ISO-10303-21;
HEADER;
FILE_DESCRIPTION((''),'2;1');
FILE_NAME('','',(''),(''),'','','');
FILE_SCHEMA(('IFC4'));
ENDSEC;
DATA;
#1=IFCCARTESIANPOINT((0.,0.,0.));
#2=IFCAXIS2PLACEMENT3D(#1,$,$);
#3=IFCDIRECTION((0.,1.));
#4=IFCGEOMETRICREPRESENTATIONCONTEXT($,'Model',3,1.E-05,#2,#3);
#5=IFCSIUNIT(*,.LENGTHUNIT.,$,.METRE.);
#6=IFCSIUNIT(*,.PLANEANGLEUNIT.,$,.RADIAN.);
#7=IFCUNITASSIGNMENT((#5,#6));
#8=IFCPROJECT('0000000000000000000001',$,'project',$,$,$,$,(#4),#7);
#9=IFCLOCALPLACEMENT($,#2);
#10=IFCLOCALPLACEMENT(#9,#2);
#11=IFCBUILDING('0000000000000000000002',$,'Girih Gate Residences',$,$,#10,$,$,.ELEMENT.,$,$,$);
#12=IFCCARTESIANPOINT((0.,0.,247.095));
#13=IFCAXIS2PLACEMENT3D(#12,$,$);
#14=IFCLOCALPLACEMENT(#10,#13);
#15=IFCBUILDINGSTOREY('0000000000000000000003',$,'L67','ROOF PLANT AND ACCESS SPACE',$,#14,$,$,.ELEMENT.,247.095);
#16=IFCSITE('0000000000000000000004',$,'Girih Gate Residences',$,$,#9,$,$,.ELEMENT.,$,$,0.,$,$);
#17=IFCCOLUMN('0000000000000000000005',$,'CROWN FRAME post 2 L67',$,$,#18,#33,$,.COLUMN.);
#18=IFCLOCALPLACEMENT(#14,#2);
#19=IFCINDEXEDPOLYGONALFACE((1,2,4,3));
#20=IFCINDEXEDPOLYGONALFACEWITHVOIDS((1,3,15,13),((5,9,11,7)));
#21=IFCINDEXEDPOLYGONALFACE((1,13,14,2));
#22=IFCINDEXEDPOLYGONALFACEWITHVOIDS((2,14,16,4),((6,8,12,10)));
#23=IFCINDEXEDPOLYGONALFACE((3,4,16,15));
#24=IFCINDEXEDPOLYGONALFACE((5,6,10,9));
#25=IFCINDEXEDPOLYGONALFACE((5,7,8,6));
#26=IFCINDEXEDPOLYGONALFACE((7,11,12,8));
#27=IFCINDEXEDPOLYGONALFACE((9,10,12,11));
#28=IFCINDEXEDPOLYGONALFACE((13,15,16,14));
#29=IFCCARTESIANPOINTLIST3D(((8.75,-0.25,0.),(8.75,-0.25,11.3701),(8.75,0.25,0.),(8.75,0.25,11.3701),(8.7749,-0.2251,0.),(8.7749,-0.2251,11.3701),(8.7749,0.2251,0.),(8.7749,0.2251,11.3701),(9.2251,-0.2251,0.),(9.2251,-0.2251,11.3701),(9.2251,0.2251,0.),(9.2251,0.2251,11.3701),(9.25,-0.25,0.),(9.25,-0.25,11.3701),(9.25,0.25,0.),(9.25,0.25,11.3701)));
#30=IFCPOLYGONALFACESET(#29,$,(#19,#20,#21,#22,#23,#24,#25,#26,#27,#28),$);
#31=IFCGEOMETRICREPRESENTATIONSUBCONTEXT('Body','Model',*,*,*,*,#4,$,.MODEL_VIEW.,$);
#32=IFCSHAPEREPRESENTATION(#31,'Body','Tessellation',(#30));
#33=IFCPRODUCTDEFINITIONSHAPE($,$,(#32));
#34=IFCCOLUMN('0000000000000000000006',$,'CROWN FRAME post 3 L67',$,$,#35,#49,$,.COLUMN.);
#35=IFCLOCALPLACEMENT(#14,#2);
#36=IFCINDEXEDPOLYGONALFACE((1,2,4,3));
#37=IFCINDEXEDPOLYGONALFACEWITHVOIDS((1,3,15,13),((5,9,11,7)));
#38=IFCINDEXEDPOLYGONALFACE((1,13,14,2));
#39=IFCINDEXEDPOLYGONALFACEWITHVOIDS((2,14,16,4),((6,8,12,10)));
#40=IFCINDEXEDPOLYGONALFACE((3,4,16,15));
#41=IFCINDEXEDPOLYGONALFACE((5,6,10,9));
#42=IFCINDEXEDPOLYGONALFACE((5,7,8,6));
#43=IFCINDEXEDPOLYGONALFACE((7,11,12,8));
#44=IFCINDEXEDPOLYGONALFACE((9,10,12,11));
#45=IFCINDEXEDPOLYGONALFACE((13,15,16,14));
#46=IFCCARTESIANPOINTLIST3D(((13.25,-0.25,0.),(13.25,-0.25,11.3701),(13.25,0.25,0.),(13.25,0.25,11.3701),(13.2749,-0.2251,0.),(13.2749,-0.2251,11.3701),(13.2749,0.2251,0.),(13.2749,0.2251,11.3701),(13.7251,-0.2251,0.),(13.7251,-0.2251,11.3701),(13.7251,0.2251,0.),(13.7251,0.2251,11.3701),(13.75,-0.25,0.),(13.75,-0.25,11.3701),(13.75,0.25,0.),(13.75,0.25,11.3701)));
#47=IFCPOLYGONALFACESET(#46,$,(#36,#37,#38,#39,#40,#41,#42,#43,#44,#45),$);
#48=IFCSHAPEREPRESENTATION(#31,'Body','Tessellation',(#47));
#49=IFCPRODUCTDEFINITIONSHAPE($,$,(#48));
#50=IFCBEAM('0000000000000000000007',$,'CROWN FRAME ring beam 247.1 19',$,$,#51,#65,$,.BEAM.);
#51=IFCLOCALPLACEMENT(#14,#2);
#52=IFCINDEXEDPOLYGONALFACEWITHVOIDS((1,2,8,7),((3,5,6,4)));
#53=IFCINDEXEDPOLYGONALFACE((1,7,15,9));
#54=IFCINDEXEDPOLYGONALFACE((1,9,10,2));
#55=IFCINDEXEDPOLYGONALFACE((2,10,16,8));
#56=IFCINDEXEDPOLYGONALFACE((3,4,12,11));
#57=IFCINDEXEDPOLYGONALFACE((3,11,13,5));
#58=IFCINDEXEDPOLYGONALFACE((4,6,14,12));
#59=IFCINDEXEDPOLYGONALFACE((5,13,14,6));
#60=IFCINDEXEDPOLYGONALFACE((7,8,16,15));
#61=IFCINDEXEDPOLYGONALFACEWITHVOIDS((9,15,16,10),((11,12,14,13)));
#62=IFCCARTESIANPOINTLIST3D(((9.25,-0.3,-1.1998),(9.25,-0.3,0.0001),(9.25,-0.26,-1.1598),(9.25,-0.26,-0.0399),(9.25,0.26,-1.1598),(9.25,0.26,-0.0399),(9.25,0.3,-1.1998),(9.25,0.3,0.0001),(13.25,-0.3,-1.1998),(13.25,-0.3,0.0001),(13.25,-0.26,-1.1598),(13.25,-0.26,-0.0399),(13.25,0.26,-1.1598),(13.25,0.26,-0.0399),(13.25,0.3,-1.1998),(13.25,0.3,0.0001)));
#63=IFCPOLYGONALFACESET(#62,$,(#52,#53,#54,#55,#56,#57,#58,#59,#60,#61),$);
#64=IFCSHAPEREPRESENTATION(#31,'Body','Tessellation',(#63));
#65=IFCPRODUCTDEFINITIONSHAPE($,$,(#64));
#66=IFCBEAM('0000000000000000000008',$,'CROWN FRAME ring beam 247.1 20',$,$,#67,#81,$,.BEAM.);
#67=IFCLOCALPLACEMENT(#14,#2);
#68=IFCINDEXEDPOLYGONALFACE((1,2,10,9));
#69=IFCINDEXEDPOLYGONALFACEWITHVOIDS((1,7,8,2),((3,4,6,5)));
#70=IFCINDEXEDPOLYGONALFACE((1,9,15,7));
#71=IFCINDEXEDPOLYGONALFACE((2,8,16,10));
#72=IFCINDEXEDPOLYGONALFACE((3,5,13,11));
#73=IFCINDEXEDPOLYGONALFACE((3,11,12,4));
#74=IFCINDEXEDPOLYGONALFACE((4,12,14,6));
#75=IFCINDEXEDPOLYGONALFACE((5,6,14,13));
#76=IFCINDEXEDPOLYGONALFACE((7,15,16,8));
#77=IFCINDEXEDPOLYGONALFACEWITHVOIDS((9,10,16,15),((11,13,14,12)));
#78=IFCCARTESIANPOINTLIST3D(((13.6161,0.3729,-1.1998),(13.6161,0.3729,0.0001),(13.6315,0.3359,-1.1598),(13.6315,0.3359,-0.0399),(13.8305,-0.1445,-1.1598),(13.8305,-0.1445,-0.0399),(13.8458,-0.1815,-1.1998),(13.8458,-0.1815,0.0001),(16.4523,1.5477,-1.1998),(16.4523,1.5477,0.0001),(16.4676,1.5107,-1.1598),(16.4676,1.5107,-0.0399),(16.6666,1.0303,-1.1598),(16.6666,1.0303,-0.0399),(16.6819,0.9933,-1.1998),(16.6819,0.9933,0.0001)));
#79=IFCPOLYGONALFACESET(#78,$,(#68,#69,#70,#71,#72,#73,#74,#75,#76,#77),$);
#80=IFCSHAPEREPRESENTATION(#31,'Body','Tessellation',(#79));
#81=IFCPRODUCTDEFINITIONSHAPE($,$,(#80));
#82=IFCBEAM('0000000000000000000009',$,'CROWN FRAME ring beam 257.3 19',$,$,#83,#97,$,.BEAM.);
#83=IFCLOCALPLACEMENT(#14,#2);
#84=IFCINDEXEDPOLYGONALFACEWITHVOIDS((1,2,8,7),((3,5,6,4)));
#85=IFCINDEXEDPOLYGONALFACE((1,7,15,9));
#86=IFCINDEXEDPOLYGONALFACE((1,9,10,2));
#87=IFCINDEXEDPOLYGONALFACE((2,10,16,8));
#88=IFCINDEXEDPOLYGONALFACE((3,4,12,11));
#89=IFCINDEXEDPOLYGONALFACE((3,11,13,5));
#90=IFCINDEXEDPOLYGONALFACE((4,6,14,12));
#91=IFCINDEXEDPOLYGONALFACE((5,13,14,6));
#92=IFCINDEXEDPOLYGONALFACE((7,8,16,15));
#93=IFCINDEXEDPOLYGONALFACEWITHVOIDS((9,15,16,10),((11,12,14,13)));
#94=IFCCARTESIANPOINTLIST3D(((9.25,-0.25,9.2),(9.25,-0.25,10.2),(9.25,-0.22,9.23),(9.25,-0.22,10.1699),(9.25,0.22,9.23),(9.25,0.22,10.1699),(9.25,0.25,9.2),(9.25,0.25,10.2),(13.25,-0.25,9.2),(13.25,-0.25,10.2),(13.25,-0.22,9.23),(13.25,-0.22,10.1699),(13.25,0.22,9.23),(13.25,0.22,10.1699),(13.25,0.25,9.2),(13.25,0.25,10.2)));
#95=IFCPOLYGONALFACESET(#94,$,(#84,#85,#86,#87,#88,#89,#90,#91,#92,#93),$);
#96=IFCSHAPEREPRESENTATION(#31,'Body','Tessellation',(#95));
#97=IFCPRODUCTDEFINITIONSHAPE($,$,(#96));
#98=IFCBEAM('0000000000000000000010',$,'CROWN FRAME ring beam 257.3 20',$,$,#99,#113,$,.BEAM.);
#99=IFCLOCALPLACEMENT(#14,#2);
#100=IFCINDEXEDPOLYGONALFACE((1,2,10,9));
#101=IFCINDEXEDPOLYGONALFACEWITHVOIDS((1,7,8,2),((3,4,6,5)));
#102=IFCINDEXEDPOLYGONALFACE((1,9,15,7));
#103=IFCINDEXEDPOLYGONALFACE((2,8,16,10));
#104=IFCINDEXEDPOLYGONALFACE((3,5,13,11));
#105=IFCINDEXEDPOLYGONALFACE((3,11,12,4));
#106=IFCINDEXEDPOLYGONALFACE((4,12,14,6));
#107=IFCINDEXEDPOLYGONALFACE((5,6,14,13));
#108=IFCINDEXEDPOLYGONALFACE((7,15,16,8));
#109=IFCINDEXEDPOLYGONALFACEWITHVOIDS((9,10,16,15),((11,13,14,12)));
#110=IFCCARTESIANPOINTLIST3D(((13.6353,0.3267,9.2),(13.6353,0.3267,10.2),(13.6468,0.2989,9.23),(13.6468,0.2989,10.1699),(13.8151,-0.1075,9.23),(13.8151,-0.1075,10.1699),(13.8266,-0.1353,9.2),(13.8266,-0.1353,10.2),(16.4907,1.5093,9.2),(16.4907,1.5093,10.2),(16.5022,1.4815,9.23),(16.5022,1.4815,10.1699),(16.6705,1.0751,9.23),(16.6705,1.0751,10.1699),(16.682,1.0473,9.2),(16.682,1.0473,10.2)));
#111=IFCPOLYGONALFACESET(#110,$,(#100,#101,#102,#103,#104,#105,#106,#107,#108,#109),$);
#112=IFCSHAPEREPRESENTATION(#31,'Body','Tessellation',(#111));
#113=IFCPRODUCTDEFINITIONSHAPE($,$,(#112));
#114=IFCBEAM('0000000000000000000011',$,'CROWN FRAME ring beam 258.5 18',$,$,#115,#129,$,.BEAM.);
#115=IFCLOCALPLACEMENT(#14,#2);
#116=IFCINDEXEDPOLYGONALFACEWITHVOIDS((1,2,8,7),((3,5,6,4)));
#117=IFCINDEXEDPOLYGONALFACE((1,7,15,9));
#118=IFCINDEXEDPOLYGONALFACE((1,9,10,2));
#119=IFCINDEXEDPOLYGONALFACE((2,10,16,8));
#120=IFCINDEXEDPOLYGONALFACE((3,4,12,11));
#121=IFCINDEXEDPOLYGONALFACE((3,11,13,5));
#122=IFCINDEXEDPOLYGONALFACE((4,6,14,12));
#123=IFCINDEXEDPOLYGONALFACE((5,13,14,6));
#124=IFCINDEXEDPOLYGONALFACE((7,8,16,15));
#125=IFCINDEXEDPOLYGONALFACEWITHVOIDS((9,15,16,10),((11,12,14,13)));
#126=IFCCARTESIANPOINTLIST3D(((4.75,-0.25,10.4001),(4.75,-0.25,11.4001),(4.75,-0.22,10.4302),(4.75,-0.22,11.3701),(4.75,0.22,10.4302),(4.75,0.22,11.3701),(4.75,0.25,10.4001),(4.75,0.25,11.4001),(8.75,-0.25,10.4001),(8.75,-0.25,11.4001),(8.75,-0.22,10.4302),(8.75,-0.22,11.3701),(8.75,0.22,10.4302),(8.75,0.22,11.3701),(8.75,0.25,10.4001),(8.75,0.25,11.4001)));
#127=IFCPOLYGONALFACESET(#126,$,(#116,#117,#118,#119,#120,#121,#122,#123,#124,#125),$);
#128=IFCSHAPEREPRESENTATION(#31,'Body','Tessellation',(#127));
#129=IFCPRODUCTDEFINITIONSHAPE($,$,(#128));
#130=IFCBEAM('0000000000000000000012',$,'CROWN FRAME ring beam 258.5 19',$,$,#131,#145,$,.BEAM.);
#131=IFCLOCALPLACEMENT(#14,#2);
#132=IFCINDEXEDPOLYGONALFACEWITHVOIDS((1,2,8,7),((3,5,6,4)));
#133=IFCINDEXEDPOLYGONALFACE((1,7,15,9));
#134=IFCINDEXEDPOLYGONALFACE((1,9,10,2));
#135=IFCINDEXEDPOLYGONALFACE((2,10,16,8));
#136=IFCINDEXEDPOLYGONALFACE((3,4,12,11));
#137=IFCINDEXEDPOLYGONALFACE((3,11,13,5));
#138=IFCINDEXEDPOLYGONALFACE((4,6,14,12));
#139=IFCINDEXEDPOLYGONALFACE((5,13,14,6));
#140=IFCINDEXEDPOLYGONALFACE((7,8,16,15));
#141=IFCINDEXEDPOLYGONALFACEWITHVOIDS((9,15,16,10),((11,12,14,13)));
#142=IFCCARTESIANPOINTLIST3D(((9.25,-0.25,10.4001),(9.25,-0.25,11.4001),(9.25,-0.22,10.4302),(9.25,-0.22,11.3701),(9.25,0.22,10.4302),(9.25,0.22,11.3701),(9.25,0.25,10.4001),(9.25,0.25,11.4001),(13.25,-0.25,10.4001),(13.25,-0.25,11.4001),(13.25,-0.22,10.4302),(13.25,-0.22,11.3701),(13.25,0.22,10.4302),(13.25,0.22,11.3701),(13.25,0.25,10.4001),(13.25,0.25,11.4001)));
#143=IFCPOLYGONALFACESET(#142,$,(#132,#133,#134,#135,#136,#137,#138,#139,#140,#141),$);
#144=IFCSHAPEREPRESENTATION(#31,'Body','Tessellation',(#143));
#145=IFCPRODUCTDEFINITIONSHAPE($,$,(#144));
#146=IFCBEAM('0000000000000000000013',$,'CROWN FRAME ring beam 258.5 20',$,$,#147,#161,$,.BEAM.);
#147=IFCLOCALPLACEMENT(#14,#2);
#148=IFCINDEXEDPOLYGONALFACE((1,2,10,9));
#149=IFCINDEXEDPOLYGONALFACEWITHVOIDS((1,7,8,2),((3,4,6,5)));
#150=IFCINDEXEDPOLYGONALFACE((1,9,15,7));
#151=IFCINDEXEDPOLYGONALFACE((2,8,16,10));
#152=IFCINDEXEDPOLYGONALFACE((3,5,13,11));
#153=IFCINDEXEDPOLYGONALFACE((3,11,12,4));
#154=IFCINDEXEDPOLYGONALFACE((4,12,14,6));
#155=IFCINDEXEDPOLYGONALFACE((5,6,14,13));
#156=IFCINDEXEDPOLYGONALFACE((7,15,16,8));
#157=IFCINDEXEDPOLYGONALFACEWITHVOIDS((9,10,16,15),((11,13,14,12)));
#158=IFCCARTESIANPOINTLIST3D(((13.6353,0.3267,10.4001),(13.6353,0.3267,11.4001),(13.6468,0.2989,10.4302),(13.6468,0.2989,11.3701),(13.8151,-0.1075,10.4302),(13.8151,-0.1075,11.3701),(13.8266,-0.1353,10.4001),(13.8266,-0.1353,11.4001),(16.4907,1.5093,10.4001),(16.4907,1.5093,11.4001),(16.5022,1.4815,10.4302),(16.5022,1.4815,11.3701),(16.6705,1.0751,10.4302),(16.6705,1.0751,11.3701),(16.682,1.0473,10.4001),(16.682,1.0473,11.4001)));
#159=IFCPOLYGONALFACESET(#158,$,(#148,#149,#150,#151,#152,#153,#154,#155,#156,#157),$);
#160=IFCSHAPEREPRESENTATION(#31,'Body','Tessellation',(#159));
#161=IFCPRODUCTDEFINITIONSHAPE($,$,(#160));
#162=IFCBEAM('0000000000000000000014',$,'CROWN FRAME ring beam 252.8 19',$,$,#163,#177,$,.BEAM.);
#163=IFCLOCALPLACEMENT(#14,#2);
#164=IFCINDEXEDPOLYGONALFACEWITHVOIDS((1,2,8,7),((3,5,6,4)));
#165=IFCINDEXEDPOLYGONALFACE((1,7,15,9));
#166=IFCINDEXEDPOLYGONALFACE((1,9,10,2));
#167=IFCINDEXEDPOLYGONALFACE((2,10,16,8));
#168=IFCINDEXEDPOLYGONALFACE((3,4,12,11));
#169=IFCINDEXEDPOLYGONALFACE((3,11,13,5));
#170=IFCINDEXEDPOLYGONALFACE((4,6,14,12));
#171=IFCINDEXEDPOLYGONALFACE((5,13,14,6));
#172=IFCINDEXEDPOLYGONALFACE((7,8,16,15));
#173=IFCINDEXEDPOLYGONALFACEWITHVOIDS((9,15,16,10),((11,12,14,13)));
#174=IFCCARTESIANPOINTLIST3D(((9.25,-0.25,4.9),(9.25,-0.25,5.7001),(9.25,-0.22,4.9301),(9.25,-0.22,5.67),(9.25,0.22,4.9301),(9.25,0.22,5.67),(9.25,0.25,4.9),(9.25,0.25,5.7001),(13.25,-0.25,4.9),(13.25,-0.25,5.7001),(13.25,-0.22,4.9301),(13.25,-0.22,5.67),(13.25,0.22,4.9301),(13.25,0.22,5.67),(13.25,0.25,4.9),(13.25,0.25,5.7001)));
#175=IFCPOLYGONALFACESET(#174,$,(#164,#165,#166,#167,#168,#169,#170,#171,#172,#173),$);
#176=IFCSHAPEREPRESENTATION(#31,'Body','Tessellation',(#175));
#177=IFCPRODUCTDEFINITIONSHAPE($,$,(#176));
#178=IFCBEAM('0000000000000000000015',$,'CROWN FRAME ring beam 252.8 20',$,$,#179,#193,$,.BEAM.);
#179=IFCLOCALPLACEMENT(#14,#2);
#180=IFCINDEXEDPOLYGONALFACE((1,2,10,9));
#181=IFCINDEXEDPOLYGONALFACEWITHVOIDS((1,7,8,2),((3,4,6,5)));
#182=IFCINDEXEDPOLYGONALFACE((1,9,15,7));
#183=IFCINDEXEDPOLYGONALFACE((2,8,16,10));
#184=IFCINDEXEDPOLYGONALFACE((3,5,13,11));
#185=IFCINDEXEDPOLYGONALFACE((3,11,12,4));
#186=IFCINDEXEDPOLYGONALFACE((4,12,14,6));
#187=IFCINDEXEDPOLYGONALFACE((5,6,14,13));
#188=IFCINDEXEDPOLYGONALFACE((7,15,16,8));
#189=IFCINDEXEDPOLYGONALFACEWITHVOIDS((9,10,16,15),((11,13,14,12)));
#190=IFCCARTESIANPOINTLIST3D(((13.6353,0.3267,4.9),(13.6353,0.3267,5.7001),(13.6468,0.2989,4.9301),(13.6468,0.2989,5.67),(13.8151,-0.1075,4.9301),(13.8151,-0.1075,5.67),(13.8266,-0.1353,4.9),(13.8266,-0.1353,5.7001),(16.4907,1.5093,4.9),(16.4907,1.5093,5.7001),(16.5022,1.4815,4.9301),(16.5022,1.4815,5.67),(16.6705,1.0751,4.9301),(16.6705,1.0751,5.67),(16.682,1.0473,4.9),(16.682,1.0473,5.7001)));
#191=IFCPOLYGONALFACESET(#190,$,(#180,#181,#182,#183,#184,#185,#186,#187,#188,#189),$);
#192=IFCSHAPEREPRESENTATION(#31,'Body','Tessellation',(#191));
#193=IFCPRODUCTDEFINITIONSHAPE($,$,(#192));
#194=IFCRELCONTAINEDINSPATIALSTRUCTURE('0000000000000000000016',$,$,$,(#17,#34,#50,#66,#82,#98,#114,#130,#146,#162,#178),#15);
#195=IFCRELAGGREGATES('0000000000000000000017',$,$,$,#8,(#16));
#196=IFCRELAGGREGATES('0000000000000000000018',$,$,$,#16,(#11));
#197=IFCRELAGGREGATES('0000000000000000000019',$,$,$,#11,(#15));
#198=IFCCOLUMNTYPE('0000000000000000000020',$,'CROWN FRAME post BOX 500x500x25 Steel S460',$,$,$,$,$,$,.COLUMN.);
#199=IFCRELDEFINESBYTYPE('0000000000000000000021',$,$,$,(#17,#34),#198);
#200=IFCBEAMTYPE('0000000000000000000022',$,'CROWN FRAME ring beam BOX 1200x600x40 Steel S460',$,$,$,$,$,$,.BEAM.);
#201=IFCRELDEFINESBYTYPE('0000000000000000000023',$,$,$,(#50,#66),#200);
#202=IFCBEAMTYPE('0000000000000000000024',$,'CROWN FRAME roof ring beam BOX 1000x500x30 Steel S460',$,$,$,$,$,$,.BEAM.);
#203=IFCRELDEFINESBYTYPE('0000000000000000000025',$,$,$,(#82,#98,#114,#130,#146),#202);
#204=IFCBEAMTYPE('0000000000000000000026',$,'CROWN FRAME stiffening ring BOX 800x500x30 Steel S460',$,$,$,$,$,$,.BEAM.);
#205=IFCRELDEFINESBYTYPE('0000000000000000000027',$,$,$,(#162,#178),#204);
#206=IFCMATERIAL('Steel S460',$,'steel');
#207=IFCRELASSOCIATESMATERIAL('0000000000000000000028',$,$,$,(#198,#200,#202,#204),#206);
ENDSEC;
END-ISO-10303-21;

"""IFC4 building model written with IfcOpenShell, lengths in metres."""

from ifc_helpers import new_model, si_unit, direction, frame, origin, origin_2d, place, context, subcontext, project, spatial, hollow_rectangle, extrude, material, material_profile, profile_set, type_object, element, save


model = new_model("IFC4")

# Units and contexts
model_context = context("Model", 3, precision=1e-05, world=origin(), true_north=direction((0.0, 1.0)))
body_context = subcontext(model_context, "Body", "Model", "MODEL_VIEW")
ifc_project = project(units=[si_unit("LENGTHUNIT", "METRE"), si_unit("PLANEANGLEUNIT", "RADIAN")], contexts=[model_context])

# Site, building, storey
site_placement = place(None, origin())
site = spatial("IfcSite", under=ifc_project, at=site_placement, Name="Girih Gate Residences", CompositionType="ELEMENT", RefElevation=0.0)
building_placement = place(site_placement, origin())
building = spatial("IfcBuilding", under=site, at=building_placement, Name="Girih Gate Residences", CompositionType="ELEMENT")
storey_placement = place(building_placement, frame((0.0, 0.0, 247.095)))
storey = spatial("IfcBuildingStorey", under=building, at=storey_placement, Name="L67", Description="ROOF PLANT AND ACCESS SPACE", CompositionType="ELEMENT", Elevation=247.095)

# Columns
ifc_material_1 = material(Name="Steel S460", Category="steel")
ifc_material_profile_1 = material_profile(ifc_material_1, hollow_rectangle(XDim=0.5, YDim=0.5, WallThickness=0.0249, at=origin_2d()))
ifc_profile_set_1 = profile_set([ifc_material_profile_1], Name="Steel S460")
column_type = type_object("IfcColumnType", Name="CROWN FRAME post BOX 500x500x25 Steel S460", PredefinedType="COLUMN", material=ifc_profile_set_1)
for number, where, z_axis, x_axis, name in (
    (1, (9.0, 0.0, 0.0), (0.0, 0.0, 1.0), (1.0, 0.0, 0.0), "CROWN FRAME post 2 L67"),
    (2, (13.5, 0.0, 0.0), (0.0, 0.0, 1.0), (1.0, 0.0, 0.0), "CROWN FRAME post 3 L67"),
):
    element("IfcColumn", number, at=place(storey_placement, frame(where, z_axis=z_axis, x_axis=x_axis)), inside=storey, type_object=column_type, Name=name, PredefinedType="COLUMN", context=body_context, shape_type="SweptSolid", body=[
        extrude(hollow_rectangle(XDim=0.5, YDim=0.5, WallThickness=0.0249, at=origin_2d()), origin(), (0.0, 0.0, 1.0), 11.3701),
    ])

# Beams
ifc_material_profile_2 = material_profile(ifc_material_1, hollow_rectangle(XDim=0.6001, YDim=1.2, WallThickness=0.04, at=origin_2d()))
ifc_profile_set_2 = profile_set([ifc_material_profile_2], Name="Steel S460")
beam_type_1 = type_object("IfcBeamType", Name="CROWN FRAME ring beam BOX 1200x600x40 Steel S460", PredefinedType="BEAM", material=ifc_profile_set_2)
beam_1_placement = place(storey_placement, frame((9.25, 0.0, -0.5999), z_axis=(1.0, 0.0, 0.0), x_axis=(0.0, 1.0, 0.0)))
element("IfcBeam", 3, at=beam_1_placement, inside=storey, type_object=beam_type_1, Name="CROWN FRAME ring beam 247.1 19", PredefinedType="BEAM", context=body_context, shape_type="SweptSolid", body=[
    extrude(hollow_rectangle(XDim=0.6001, YDim=1.2, WallThickness=0.04, at=origin_2d()), origin(), (0.0, 0.0, 1.0), 4.0),
])
beam_2_placement = place(storey_placement, frame((13.731, 0.0957, -0.5999), z_axis=(0.923877, 0.382689, 0.0), x_axis=(-0.382689, 0.923877, 0.0)))
element("IfcBeam", 4, at=beam_2_placement, inside=storey, type_object=beam_type_1, Name="CROWN FRAME ring beam 247.1 20", PredefinedType="BEAM", context=body_context, shape_type="SweptSolid", body=[
    extrude(hollow_rectangle(XDim=0.6001, YDim=1.2, WallThickness=0.04, at=origin_2d()), origin(), (0.0, 0.0, 1.0), 3.0698),
])
ifc_material_profile_3 = material_profile(ifc_material_1, hollow_rectangle(XDim=0.5, YDim=1.0, WallThickness=0.03, at=origin_2d()))
ifc_profile_set_3 = profile_set([ifc_material_profile_3], Name="Steel S460")
beam_type_2 = type_object("IfcBeamType", Name="CROWN FRAME roof ring beam BOX 1000x500x30 Steel S460", PredefinedType="BEAM", material=ifc_profile_set_3)
beam_3_placement = place(storey_placement, frame((9.25, 0.0, 9.7), z_axis=(1.0, 0.0, 0.0), x_axis=(0.0, 1.0, 0.0)))
element("IfcBeam", 5, at=beam_3_placement, inside=storey, type_object=beam_type_2, Name="CROWN FRAME ring beam 257.3 19", PredefinedType="BEAM", context=body_context, shape_type="SweptSolid", body=[
    extrude(hollow_rectangle(XDim=0.5, YDim=1.0, WallThickness=0.03, at=origin_2d()), origin(), (0.0, 0.0, 1.0), 4.0),
])
beam_4_placement = place(storey_placement, frame((13.731, 0.0957, 9.7), z_axis=(0.923897, 0.38264, 0.0), x_axis=(-0.38264, 0.923897, 0.0)))
element("IfcBeam", 6, at=beam_4_placement, inside=storey, type_object=beam_type_2, Name="CROWN FRAME ring beam 257.3 20", PredefinedType="BEAM", context=body_context, shape_type="SweptSolid", body=[
    extrude(hollow_rectangle(XDim=0.5, YDim=1.0, WallThickness=0.03, at=origin_2d()), origin(), (0.0, 0.0, 1.0), 3.0906),
])
for number, where, z_axis, x_axis, name in (
    (7, (4.75, 0.0, 10.9001), (1.0, 0.0, 0.0), (0.0, 1.0, 0.0), "CROWN FRAME ring beam 258.5 18"),
    (8, (9.25, 0.0, 10.9001), (1.0, 0.0, 0.0), (0.0, 1.0, 0.0), "CROWN FRAME ring beam 258.5 19"),
):
    element("IfcBeam", number, at=place(storey_placement, frame(where, z_axis=z_axis, x_axis=x_axis)), inside=storey, type_object=beam_type_2, Name=name, PredefinedType="BEAM", context=body_context, shape_type="SweptSolid", body=[
        extrude(hollow_rectangle(XDim=0.5, YDim=1.0, WallThickness=0.03, at=origin_2d()), origin(), (0.0, 0.0, 1.0), 4.0),
    ])
beam_5_placement = place(storey_placement, frame((13.731, 0.0957, 10.9001), z_axis=(0.923897, 0.38264, 0.0), x_axis=(-0.38264, 0.923897, 0.0)))
element("IfcBeam", 9, at=beam_5_placement, inside=storey, type_object=beam_type_2, Name="CROWN FRAME ring beam 258.5 20", PredefinedType="BEAM", context=body_context, shape_type="SweptSolid", body=[
    extrude(hollow_rectangle(XDim=0.5, YDim=1.0, WallThickness=0.03, at=origin_2d()), origin(), (0.0, 0.0, 1.0), 3.0906),
])
ifc_material_profile_4 = material_profile(ifc_material_1, hollow_rectangle(XDim=0.5, YDim=0.8, WallThickness=0.03, at=origin_2d()))
ifc_profile_set_4 = profile_set([ifc_material_profile_4], Name="Steel S460")
beam_type_3 = type_object("IfcBeamType", Name="CROWN FRAME stiffening ring BOX 800x500x30 Steel S460", PredefinedType="BEAM", material=ifc_profile_set_4)
beam_6_placement = place(storey_placement, frame((9.25, 0.0, 5.3), z_axis=(1.0, 0.0, 0.0), x_axis=(0.0, 1.0, 0.0)))
element("IfcBeam", 10, at=beam_6_placement, inside=storey, type_object=beam_type_3, Name="CROWN FRAME ring beam 252.8 19", PredefinedType="BEAM", context=body_context, shape_type="SweptSolid", body=[
    extrude(hollow_rectangle(XDim=0.5, YDim=0.8, WallThickness=0.03, at=origin_2d()), origin(), (0.0, 0.0, 1.0), 4.0),
])
beam_7_placement = place(storey_placement, frame((13.731, 0.0957, 5.3), z_axis=(0.923897, 0.38264, 0.0), x_axis=(-0.38264, 0.923897, 0.0)))
element("IfcBeam", 11, at=beam_7_placement, inside=storey, type_object=beam_type_3, Name="CROWN FRAME ring beam 252.8 20", PredefinedType="BEAM", context=body_context, shape_type="SweptSolid", body=[
    extrude(hollow_rectangle(XDim=0.5, YDim=0.8, WallThickness=0.03, at=origin_2d()), origin(), (0.0, 0.0, 1.0), 3.0906),
])

save(model, "model.ifc")
